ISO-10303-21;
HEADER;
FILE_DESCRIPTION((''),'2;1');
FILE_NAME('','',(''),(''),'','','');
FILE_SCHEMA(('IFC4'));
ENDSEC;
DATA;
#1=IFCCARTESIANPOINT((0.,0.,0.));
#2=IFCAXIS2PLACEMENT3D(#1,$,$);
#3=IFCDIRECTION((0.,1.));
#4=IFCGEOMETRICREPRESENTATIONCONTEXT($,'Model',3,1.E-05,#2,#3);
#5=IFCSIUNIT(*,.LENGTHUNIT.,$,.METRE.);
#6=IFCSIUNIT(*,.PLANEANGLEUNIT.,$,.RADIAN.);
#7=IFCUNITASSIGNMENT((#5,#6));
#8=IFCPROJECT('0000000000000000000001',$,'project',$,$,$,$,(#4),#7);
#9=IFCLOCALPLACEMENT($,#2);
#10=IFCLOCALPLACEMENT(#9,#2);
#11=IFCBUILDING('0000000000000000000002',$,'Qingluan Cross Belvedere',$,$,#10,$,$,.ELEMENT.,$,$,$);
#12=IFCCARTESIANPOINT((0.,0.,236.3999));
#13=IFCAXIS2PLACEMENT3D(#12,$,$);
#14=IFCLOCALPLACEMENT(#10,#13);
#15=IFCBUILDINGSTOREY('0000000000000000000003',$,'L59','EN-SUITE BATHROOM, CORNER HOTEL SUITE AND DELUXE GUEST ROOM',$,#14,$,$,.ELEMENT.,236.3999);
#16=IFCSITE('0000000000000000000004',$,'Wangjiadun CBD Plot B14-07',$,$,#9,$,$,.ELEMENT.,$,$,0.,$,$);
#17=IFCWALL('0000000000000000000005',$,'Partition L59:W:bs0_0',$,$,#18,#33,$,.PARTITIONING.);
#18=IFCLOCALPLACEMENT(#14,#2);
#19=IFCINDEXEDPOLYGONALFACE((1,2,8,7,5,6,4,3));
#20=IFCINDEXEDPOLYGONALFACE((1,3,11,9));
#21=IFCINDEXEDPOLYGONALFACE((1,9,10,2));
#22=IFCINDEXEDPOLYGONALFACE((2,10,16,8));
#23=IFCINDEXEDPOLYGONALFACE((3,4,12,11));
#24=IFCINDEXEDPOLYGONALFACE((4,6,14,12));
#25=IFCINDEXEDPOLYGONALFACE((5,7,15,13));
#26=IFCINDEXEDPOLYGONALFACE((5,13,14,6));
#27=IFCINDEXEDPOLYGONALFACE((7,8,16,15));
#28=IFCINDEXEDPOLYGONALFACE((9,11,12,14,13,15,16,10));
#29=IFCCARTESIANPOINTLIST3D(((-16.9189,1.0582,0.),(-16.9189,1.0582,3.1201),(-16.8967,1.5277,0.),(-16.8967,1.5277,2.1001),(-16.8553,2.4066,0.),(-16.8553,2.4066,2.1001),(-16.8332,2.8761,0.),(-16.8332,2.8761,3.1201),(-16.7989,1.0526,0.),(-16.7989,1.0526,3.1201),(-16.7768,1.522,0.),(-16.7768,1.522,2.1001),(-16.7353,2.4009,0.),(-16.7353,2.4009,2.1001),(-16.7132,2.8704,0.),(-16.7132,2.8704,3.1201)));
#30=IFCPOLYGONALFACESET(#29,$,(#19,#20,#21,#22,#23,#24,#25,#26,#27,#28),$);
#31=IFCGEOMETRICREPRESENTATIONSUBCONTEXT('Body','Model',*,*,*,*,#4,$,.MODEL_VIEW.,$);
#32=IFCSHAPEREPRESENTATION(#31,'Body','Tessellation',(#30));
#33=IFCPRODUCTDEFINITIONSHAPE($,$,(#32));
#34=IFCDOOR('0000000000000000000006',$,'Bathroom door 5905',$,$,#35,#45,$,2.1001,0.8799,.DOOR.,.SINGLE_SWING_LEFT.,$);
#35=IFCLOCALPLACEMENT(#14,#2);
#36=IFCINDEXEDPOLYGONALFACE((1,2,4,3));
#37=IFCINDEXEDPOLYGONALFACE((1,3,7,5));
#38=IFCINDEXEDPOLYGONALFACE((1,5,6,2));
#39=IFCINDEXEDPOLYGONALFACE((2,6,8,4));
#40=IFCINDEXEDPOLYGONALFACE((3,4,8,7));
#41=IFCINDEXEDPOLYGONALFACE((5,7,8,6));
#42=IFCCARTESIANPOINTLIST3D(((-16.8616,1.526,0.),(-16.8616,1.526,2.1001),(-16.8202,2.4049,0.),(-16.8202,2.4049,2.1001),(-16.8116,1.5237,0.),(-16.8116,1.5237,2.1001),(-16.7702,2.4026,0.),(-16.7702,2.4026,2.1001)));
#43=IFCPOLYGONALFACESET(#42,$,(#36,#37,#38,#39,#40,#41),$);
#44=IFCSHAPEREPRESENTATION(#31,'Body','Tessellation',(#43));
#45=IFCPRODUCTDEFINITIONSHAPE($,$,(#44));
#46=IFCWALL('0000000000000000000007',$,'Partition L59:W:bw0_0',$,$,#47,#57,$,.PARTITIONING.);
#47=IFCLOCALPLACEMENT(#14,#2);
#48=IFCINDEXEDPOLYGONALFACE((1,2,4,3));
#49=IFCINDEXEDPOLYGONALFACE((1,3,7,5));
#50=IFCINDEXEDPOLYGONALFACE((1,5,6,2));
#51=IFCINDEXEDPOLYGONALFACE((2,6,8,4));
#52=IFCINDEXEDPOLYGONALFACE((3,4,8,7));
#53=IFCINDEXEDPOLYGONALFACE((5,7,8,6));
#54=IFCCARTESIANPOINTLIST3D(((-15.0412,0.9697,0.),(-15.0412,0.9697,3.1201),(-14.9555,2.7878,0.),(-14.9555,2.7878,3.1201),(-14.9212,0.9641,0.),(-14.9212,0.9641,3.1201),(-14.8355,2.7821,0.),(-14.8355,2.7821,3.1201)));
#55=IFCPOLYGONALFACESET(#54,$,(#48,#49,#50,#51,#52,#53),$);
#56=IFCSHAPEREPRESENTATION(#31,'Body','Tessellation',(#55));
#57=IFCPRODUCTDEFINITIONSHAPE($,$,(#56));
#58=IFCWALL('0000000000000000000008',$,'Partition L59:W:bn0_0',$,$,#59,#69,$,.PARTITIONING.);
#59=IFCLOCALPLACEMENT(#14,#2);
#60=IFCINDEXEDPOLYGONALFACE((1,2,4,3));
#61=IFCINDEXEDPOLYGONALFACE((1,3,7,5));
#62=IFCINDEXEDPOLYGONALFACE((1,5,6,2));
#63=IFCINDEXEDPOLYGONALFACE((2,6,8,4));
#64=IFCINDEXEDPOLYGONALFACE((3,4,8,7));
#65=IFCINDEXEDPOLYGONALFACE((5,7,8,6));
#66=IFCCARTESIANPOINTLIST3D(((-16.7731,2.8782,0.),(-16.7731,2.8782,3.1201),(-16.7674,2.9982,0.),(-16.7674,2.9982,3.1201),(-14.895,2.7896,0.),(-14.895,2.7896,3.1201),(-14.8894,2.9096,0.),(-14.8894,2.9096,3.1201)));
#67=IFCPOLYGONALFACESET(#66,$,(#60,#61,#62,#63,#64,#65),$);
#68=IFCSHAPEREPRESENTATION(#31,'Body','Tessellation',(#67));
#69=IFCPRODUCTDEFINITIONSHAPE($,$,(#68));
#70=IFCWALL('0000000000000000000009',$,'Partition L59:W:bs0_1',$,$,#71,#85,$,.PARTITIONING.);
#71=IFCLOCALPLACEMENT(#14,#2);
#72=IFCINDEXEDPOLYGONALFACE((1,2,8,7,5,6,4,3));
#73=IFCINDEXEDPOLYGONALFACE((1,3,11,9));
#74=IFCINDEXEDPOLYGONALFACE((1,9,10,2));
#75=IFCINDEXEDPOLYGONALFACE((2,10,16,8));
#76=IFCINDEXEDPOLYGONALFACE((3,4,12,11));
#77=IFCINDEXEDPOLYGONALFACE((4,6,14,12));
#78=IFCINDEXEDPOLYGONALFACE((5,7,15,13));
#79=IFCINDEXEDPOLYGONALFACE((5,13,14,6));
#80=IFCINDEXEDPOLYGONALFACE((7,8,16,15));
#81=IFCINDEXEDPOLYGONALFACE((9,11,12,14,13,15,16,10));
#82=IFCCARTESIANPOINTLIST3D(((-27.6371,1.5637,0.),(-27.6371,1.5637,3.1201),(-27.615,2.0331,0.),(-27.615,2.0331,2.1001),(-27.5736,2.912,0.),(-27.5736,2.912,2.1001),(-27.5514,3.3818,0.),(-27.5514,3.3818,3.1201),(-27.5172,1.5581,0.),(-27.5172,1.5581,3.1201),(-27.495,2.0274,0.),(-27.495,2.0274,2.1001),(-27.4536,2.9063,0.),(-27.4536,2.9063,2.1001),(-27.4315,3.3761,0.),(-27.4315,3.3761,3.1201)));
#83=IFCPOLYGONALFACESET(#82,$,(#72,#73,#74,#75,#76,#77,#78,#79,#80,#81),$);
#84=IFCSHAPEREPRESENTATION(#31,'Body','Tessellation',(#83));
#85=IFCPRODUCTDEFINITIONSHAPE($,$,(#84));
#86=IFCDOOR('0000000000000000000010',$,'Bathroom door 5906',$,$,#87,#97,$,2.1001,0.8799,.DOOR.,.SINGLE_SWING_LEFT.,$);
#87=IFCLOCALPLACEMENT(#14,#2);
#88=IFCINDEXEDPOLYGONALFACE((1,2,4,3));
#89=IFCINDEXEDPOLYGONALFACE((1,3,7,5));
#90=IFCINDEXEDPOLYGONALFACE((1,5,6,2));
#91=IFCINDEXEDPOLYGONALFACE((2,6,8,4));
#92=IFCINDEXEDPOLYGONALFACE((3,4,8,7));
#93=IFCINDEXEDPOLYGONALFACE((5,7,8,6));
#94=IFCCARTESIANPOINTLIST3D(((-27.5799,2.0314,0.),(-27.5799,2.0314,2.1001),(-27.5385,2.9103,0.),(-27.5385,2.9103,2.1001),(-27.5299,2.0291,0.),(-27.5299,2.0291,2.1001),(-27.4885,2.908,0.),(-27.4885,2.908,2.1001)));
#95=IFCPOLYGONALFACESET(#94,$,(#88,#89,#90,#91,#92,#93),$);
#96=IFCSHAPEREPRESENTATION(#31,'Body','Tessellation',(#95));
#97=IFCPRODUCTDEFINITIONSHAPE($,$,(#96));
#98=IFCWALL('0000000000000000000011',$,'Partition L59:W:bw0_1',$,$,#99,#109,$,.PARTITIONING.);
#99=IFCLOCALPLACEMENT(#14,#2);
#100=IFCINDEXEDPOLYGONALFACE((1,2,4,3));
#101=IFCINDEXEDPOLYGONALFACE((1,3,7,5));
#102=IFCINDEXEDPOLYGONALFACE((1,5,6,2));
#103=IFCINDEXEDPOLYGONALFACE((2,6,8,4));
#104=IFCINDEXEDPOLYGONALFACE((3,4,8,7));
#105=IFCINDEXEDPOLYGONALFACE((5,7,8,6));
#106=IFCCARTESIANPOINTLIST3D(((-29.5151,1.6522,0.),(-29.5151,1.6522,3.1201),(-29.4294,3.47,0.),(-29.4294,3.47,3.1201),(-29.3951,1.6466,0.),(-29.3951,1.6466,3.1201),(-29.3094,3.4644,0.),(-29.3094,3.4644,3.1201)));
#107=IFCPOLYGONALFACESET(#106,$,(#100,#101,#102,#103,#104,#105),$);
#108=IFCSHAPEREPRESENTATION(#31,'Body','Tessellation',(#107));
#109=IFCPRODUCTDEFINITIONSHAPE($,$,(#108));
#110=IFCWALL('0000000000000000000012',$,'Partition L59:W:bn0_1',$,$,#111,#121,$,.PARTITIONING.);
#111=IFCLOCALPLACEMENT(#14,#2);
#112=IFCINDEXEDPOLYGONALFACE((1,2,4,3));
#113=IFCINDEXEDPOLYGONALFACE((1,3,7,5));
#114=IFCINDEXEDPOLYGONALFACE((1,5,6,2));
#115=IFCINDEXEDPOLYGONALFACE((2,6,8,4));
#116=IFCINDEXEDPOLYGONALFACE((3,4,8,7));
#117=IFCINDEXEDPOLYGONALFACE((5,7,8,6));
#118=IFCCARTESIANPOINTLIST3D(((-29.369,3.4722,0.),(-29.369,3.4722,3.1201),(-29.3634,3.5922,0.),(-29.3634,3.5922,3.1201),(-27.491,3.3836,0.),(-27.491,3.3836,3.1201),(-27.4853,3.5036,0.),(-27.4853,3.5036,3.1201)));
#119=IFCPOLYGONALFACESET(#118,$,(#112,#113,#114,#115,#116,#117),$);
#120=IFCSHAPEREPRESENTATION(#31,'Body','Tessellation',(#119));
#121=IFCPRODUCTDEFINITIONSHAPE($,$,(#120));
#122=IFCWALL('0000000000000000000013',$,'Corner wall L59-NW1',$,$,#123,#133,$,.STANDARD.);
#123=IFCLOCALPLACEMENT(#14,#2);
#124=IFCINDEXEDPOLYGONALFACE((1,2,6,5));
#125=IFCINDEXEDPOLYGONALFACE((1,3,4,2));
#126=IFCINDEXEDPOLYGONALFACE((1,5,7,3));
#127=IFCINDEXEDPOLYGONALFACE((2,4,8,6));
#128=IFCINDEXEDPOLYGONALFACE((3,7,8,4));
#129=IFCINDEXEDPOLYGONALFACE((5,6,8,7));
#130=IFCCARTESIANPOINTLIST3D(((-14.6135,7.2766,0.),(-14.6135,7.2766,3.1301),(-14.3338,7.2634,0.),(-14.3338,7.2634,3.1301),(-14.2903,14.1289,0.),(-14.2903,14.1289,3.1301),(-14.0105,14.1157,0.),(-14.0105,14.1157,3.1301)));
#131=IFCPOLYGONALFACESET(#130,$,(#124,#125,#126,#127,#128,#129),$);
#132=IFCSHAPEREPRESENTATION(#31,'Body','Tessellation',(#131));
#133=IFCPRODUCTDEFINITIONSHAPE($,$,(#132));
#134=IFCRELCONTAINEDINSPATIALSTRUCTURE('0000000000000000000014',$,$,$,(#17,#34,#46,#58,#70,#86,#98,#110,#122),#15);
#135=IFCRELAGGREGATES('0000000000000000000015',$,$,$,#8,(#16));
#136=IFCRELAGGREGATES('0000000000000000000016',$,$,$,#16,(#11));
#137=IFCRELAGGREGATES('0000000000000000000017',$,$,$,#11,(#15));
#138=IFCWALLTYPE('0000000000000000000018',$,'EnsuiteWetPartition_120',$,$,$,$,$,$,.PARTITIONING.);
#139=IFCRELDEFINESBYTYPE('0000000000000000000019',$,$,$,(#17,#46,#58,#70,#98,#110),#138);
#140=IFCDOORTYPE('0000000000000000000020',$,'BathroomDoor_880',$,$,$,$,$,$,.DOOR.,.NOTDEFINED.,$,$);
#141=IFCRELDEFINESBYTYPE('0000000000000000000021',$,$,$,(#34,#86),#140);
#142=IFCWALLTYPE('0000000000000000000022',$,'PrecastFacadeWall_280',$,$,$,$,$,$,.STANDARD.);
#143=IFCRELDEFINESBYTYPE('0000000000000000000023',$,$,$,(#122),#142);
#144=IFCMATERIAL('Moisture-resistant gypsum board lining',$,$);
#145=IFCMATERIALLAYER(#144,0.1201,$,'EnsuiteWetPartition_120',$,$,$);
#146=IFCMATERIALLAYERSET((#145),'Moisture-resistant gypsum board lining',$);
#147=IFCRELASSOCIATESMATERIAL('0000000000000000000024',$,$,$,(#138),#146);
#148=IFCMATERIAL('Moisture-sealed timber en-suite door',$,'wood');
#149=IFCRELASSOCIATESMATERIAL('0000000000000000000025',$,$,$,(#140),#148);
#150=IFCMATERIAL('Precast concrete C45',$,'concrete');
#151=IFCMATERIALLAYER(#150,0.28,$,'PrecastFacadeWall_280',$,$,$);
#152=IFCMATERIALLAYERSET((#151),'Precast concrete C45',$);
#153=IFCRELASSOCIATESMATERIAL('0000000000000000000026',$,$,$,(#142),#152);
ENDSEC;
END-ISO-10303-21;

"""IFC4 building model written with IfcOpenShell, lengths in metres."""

from ifc_helpers import new_model, si_unit, direction, frame, frame_2d, origin, place, context, subcontext, project, spatial, rectangle, extrude, material, layer, layer_set, type_object, element, fill, save


model = new_model("IFC4")

# Units and contexts
model_context = context("Model", 3, precision=1e-05, world=origin(), true_north=direction((0.0, 1.0)))
body_context = subcontext(model_context, "Body", "Model", "MODEL_VIEW")
ifc_project = project(units=[si_unit("LENGTHUNIT", "METRE"), si_unit("PLANEANGLEUNIT", "RADIAN")], contexts=[model_context])

# Site, building, storey
site_placement = place(None, origin())
site = spatial("IfcSite", under=ifc_project, at=site_placement, Name="Wangjiadun CBD Plot B14-07", CompositionType="ELEMENT", RefElevation=0.0)
building_placement = place(site_placement, origin())
building = spatial("IfcBuilding", under=site, at=building_placement, Name="Qingluan Cross Belvedere", CompositionType="ELEMENT")
storey_placement = place(building_placement, frame((0.0, 0.0, 236.3999)))
storey = spatial("IfcBuildingStorey", under=building, at=storey_placement, Name="L59", Description="EN-SUITE BATHROOM, CORNER HOTEL SUITE AND DELUXE GUEST ROOM", CompositionType="ELEMENT", Elevation=236.3999)

# Wall, opening, door
ifc_material_1 = material(Name="Moisture-resistant gypsum board lining")
ifc_layer_1 = layer(ifc_material_1, 0.1201, Name="EnsuiteWetPartition_120")
ifc_layer_set_1 = layer_set([ifc_layer_1], Name="Moisture-resistant gypsum board lining")
wall_type_1 = type_object("IfcWallType", Name="EnsuiteWetPartition_120", PredefinedType="PARTITIONING", material=ifc_layer_set_1)
wall_1_placement = place(storey_placement, frame((-16.8589, 1.0554, 0.0), z_axis=(0.0, 0.0, 1.0), x_axis=(0.047087, 0.998891, 0.0)))
wall_1 = element("IfcWall", 1, at=wall_1_placement, inside=storey, type_object=wall_type_1, Name="Partition L59:W:bs0_0", PredefinedType="PARTITIONING", context=body_context, shape_type="SweptSolid", body=[
    extrude(rectangle(XDim=1.8198, YDim=0.1201, at=frame_2d((0.9099, 0.0))), origin(), (0.0, 0.0, 1.0), 3.1201),
])
opening_1_placement = place(wall_1_placement, frame((0.47, 0.0, 0.0)))
opening_1 = element("IfcOpeningElement", 2, at=opening_1_placement, cuts=wall_1, PredefinedType="OPENING", context=body_context, shape_type="SweptSolid", body=[
    extrude(rectangle(XDim=0.8799, YDim=2.1001, at=frame_2d((0.4399, 1.05))), frame((0.0, 0.0701, 0.0), z_axis=(0.0, -1.0, 0.0), x_axis=(1.0, 0.0, 0.0)), (0.0, 0.0, 1.0), 0.1401),
])
ifc_material_2 = material(Name="Moisture-sealed timber en-suite door", Category="wood")
door_type_1 = type_object("IfcDoorType", Name="BathroomDoor_880", OperationType="NOTDEFINED", PredefinedType="DOOR", material=ifc_material_2)
door_1_placement = place(opening_1_placement, origin())
door_1 = element("IfcDoor", 3, at=door_1_placement, inside=storey, type_object=door_type_1, Name="Bathroom door 5905", OperationType="SINGLE_SWING_LEFT", OverallHeight=2.1001, OverallWidth=0.8799, PredefinedType="DOOR", context=body_context, shape_type="SweptSolid", body=[
    extrude(rectangle(XDim=0.8799, YDim=2.1001, at=frame_2d((0.4399, 1.05))), frame((0.0, 0.0249, 0.0), z_axis=(0.0, -1.0, 0.0), x_axis=(1.0, 0.0, 0.0)), (0.0, 0.0, 1.0), 0.05),
])
fill(opening_1, door_1)

# Walls
wall_2_placement = place(storey_placement, frame((-14.9812, 0.9668, 0.0), z_axis=(0.0, 0.0, 1.0), x_axis=(0.047081, 0.998891, 0.0)))
element("IfcWall", 4, at=wall_2_placement, inside=storey, type_object=wall_type_1, Name="Partition L59:W:bw0_0", PredefinedType="PARTITIONING", context=body_context, shape_type="SweptSolid", body=[
    extrude(rectangle(XDim=1.8201, YDim=0.1201, at=frame_2d((0.9102, 0.0))), origin(), (0.0, 0.0, 1.0), 3.1201),
])
wall_3_placement = place(storey_placement, frame((-14.8923, 2.8496, 0.0), z_axis=(0.0, 0.0, 1.0), x_axis=(-0.998888, 0.047139, 0.0)))
element("IfcWall", 5, at=wall_3_placement, inside=storey, type_object=wall_type_1, Name="Partition L59:W:bn0_0", PredefinedType="PARTITIONING", context=body_context, shape_type="SweptSolid", body=[
    extrude(rectangle(XDim=1.8801, YDim=0.1201, at=frame_2d((0.9399, 0.0))), origin(), (0.0, 0.0, 1.0), 3.1201),
])

# Wall, opening, door
wall_4_placement = place(storey_placement, frame((-27.5771, 1.5608, 0.0), z_axis=(0.0, 0.0, 1.0), x_axis=(0.047081, 0.998891, 0.0)))
wall_4 = element("IfcWall", 6, at=wall_4_placement, inside=storey, type_object=wall_type_1, Name="Partition L59:W:bs0_1", PredefinedType="PARTITIONING", context=body_context, shape_type="SweptSolid", body=[
    extrude(rectangle(XDim=1.8201, YDim=0.1201, at=frame_2d((0.9102, 0.0))), origin(), (0.0, 0.0, 1.0), 3.1201),
])
opening_2_placement = place(wall_4_placement, frame((0.47, 0.0, 0.0)))
opening_2 = element("IfcOpeningElement", 7, at=opening_2_placement, cuts=wall_4, PredefinedType="OPENING", context=body_context, shape_type="SweptSolid", body=[
    extrude(rectangle(XDim=0.8799, YDim=2.1001, at=frame_2d((0.4399, 1.05))), frame((0.0, 0.0701, 0.0), z_axis=(0.0, -1.0, 0.0), x_axis=(1.0, 0.0, 0.0)), (0.0, 0.0, 1.0), 0.1401),
])
door_2_placement = place(opening_2_placement, origin())
door_2 = element("IfcDoor", 8, at=door_2_placement, inside=storey, type_object=door_type_1, Name="Bathroom door 5906", OperationType="SINGLE_SWING_LEFT", OverallHeight=2.1001, OverallWidth=0.8799, PredefinedType="DOOR", context=body_context, shape_type="SweptSolid", body=[
    extrude(rectangle(XDim=0.8799, YDim=2.1001, at=frame_2d((0.4399, 1.05))), frame((0.0, 0.0249, 0.0), z_axis=(0.0, -1.0, 0.0), x_axis=(1.0, 0.0, 0.0)), (0.0, 0.0, 1.0), 0.05),
])
fill(opening_2, door_2)

# Walls
wall_5_placement = place(storey_placement, frame((-29.4551, 1.6494, 0.0), z_axis=(0.0, 0.0, 1.0), x_axis=(0.047087, 0.998891, 0.0)))
element("IfcWall", 9, at=wall_5_placement, inside=storey, type_object=wall_type_1, Name="Partition L59:W:bw0_1", PredefinedType="PARTITIONING", context=body_context, shape_type="SweptSolid", body=[
    extrude(rectangle(XDim=1.8198, YDim=0.1201, at=frame_2d((0.9099, 0.0))), origin(), (0.0, 0.0, 1.0), 3.1201),
])
wall_6_placement = place(storey_placement, frame((-27.4883, 3.4436, 0.0), z_axis=(0.0, 0.0, 1.0), x_axis=(-0.998888, 0.047139, 0.0)))
element("IfcWall", 10, at=wall_6_placement, inside=storey, type_object=wall_type_1, Name="Partition L59:W:bn0_1", PredefinedType="PARTITIONING", context=body_context, shape_type="SweptSolid", body=[
    extrude(rectangle(XDim=1.8801, YDim=0.1201, at=frame_2d((0.9399, 0.0))), origin(), (0.0, 0.0, 1.0), 3.1201),
])
ifc_material_3 = material(Name="Precast concrete C45", Category="concrete")
ifc_layer_2 = layer(ifc_material_3, 0.28, Name="PrecastFacadeWall_280")
ifc_layer_set_2 = layer_set([ifc_layer_2], Name="Precast concrete C45")
wall_type_2 = type_object("IfcWallType", Name="PrecastFacadeWall_280", PredefinedType="STANDARD", material=ifc_layer_set_2)
wall_7_placement = place(storey_placement, frame((-14.4736, 7.27, 0.0), z_axis=(0.0, 0.0, 1.0), x_axis=(0.04712, 0.998889, 0.0)))
element("IfcWall", 11, at=wall_7_placement, inside=storey, type_object=wall_type_2, Name="Corner wall L59-NW1", PredefinedType="STANDARD", context=body_context, shape_type="SweptSolid", body=[
    extrude(rectangle(XDim=6.8599, YDim=0.28, at=frame_2d((3.4299, 0.0))), origin(), (0.0, 0.0, 1.0), 3.1301),
])

save(model, "model.ifc")
